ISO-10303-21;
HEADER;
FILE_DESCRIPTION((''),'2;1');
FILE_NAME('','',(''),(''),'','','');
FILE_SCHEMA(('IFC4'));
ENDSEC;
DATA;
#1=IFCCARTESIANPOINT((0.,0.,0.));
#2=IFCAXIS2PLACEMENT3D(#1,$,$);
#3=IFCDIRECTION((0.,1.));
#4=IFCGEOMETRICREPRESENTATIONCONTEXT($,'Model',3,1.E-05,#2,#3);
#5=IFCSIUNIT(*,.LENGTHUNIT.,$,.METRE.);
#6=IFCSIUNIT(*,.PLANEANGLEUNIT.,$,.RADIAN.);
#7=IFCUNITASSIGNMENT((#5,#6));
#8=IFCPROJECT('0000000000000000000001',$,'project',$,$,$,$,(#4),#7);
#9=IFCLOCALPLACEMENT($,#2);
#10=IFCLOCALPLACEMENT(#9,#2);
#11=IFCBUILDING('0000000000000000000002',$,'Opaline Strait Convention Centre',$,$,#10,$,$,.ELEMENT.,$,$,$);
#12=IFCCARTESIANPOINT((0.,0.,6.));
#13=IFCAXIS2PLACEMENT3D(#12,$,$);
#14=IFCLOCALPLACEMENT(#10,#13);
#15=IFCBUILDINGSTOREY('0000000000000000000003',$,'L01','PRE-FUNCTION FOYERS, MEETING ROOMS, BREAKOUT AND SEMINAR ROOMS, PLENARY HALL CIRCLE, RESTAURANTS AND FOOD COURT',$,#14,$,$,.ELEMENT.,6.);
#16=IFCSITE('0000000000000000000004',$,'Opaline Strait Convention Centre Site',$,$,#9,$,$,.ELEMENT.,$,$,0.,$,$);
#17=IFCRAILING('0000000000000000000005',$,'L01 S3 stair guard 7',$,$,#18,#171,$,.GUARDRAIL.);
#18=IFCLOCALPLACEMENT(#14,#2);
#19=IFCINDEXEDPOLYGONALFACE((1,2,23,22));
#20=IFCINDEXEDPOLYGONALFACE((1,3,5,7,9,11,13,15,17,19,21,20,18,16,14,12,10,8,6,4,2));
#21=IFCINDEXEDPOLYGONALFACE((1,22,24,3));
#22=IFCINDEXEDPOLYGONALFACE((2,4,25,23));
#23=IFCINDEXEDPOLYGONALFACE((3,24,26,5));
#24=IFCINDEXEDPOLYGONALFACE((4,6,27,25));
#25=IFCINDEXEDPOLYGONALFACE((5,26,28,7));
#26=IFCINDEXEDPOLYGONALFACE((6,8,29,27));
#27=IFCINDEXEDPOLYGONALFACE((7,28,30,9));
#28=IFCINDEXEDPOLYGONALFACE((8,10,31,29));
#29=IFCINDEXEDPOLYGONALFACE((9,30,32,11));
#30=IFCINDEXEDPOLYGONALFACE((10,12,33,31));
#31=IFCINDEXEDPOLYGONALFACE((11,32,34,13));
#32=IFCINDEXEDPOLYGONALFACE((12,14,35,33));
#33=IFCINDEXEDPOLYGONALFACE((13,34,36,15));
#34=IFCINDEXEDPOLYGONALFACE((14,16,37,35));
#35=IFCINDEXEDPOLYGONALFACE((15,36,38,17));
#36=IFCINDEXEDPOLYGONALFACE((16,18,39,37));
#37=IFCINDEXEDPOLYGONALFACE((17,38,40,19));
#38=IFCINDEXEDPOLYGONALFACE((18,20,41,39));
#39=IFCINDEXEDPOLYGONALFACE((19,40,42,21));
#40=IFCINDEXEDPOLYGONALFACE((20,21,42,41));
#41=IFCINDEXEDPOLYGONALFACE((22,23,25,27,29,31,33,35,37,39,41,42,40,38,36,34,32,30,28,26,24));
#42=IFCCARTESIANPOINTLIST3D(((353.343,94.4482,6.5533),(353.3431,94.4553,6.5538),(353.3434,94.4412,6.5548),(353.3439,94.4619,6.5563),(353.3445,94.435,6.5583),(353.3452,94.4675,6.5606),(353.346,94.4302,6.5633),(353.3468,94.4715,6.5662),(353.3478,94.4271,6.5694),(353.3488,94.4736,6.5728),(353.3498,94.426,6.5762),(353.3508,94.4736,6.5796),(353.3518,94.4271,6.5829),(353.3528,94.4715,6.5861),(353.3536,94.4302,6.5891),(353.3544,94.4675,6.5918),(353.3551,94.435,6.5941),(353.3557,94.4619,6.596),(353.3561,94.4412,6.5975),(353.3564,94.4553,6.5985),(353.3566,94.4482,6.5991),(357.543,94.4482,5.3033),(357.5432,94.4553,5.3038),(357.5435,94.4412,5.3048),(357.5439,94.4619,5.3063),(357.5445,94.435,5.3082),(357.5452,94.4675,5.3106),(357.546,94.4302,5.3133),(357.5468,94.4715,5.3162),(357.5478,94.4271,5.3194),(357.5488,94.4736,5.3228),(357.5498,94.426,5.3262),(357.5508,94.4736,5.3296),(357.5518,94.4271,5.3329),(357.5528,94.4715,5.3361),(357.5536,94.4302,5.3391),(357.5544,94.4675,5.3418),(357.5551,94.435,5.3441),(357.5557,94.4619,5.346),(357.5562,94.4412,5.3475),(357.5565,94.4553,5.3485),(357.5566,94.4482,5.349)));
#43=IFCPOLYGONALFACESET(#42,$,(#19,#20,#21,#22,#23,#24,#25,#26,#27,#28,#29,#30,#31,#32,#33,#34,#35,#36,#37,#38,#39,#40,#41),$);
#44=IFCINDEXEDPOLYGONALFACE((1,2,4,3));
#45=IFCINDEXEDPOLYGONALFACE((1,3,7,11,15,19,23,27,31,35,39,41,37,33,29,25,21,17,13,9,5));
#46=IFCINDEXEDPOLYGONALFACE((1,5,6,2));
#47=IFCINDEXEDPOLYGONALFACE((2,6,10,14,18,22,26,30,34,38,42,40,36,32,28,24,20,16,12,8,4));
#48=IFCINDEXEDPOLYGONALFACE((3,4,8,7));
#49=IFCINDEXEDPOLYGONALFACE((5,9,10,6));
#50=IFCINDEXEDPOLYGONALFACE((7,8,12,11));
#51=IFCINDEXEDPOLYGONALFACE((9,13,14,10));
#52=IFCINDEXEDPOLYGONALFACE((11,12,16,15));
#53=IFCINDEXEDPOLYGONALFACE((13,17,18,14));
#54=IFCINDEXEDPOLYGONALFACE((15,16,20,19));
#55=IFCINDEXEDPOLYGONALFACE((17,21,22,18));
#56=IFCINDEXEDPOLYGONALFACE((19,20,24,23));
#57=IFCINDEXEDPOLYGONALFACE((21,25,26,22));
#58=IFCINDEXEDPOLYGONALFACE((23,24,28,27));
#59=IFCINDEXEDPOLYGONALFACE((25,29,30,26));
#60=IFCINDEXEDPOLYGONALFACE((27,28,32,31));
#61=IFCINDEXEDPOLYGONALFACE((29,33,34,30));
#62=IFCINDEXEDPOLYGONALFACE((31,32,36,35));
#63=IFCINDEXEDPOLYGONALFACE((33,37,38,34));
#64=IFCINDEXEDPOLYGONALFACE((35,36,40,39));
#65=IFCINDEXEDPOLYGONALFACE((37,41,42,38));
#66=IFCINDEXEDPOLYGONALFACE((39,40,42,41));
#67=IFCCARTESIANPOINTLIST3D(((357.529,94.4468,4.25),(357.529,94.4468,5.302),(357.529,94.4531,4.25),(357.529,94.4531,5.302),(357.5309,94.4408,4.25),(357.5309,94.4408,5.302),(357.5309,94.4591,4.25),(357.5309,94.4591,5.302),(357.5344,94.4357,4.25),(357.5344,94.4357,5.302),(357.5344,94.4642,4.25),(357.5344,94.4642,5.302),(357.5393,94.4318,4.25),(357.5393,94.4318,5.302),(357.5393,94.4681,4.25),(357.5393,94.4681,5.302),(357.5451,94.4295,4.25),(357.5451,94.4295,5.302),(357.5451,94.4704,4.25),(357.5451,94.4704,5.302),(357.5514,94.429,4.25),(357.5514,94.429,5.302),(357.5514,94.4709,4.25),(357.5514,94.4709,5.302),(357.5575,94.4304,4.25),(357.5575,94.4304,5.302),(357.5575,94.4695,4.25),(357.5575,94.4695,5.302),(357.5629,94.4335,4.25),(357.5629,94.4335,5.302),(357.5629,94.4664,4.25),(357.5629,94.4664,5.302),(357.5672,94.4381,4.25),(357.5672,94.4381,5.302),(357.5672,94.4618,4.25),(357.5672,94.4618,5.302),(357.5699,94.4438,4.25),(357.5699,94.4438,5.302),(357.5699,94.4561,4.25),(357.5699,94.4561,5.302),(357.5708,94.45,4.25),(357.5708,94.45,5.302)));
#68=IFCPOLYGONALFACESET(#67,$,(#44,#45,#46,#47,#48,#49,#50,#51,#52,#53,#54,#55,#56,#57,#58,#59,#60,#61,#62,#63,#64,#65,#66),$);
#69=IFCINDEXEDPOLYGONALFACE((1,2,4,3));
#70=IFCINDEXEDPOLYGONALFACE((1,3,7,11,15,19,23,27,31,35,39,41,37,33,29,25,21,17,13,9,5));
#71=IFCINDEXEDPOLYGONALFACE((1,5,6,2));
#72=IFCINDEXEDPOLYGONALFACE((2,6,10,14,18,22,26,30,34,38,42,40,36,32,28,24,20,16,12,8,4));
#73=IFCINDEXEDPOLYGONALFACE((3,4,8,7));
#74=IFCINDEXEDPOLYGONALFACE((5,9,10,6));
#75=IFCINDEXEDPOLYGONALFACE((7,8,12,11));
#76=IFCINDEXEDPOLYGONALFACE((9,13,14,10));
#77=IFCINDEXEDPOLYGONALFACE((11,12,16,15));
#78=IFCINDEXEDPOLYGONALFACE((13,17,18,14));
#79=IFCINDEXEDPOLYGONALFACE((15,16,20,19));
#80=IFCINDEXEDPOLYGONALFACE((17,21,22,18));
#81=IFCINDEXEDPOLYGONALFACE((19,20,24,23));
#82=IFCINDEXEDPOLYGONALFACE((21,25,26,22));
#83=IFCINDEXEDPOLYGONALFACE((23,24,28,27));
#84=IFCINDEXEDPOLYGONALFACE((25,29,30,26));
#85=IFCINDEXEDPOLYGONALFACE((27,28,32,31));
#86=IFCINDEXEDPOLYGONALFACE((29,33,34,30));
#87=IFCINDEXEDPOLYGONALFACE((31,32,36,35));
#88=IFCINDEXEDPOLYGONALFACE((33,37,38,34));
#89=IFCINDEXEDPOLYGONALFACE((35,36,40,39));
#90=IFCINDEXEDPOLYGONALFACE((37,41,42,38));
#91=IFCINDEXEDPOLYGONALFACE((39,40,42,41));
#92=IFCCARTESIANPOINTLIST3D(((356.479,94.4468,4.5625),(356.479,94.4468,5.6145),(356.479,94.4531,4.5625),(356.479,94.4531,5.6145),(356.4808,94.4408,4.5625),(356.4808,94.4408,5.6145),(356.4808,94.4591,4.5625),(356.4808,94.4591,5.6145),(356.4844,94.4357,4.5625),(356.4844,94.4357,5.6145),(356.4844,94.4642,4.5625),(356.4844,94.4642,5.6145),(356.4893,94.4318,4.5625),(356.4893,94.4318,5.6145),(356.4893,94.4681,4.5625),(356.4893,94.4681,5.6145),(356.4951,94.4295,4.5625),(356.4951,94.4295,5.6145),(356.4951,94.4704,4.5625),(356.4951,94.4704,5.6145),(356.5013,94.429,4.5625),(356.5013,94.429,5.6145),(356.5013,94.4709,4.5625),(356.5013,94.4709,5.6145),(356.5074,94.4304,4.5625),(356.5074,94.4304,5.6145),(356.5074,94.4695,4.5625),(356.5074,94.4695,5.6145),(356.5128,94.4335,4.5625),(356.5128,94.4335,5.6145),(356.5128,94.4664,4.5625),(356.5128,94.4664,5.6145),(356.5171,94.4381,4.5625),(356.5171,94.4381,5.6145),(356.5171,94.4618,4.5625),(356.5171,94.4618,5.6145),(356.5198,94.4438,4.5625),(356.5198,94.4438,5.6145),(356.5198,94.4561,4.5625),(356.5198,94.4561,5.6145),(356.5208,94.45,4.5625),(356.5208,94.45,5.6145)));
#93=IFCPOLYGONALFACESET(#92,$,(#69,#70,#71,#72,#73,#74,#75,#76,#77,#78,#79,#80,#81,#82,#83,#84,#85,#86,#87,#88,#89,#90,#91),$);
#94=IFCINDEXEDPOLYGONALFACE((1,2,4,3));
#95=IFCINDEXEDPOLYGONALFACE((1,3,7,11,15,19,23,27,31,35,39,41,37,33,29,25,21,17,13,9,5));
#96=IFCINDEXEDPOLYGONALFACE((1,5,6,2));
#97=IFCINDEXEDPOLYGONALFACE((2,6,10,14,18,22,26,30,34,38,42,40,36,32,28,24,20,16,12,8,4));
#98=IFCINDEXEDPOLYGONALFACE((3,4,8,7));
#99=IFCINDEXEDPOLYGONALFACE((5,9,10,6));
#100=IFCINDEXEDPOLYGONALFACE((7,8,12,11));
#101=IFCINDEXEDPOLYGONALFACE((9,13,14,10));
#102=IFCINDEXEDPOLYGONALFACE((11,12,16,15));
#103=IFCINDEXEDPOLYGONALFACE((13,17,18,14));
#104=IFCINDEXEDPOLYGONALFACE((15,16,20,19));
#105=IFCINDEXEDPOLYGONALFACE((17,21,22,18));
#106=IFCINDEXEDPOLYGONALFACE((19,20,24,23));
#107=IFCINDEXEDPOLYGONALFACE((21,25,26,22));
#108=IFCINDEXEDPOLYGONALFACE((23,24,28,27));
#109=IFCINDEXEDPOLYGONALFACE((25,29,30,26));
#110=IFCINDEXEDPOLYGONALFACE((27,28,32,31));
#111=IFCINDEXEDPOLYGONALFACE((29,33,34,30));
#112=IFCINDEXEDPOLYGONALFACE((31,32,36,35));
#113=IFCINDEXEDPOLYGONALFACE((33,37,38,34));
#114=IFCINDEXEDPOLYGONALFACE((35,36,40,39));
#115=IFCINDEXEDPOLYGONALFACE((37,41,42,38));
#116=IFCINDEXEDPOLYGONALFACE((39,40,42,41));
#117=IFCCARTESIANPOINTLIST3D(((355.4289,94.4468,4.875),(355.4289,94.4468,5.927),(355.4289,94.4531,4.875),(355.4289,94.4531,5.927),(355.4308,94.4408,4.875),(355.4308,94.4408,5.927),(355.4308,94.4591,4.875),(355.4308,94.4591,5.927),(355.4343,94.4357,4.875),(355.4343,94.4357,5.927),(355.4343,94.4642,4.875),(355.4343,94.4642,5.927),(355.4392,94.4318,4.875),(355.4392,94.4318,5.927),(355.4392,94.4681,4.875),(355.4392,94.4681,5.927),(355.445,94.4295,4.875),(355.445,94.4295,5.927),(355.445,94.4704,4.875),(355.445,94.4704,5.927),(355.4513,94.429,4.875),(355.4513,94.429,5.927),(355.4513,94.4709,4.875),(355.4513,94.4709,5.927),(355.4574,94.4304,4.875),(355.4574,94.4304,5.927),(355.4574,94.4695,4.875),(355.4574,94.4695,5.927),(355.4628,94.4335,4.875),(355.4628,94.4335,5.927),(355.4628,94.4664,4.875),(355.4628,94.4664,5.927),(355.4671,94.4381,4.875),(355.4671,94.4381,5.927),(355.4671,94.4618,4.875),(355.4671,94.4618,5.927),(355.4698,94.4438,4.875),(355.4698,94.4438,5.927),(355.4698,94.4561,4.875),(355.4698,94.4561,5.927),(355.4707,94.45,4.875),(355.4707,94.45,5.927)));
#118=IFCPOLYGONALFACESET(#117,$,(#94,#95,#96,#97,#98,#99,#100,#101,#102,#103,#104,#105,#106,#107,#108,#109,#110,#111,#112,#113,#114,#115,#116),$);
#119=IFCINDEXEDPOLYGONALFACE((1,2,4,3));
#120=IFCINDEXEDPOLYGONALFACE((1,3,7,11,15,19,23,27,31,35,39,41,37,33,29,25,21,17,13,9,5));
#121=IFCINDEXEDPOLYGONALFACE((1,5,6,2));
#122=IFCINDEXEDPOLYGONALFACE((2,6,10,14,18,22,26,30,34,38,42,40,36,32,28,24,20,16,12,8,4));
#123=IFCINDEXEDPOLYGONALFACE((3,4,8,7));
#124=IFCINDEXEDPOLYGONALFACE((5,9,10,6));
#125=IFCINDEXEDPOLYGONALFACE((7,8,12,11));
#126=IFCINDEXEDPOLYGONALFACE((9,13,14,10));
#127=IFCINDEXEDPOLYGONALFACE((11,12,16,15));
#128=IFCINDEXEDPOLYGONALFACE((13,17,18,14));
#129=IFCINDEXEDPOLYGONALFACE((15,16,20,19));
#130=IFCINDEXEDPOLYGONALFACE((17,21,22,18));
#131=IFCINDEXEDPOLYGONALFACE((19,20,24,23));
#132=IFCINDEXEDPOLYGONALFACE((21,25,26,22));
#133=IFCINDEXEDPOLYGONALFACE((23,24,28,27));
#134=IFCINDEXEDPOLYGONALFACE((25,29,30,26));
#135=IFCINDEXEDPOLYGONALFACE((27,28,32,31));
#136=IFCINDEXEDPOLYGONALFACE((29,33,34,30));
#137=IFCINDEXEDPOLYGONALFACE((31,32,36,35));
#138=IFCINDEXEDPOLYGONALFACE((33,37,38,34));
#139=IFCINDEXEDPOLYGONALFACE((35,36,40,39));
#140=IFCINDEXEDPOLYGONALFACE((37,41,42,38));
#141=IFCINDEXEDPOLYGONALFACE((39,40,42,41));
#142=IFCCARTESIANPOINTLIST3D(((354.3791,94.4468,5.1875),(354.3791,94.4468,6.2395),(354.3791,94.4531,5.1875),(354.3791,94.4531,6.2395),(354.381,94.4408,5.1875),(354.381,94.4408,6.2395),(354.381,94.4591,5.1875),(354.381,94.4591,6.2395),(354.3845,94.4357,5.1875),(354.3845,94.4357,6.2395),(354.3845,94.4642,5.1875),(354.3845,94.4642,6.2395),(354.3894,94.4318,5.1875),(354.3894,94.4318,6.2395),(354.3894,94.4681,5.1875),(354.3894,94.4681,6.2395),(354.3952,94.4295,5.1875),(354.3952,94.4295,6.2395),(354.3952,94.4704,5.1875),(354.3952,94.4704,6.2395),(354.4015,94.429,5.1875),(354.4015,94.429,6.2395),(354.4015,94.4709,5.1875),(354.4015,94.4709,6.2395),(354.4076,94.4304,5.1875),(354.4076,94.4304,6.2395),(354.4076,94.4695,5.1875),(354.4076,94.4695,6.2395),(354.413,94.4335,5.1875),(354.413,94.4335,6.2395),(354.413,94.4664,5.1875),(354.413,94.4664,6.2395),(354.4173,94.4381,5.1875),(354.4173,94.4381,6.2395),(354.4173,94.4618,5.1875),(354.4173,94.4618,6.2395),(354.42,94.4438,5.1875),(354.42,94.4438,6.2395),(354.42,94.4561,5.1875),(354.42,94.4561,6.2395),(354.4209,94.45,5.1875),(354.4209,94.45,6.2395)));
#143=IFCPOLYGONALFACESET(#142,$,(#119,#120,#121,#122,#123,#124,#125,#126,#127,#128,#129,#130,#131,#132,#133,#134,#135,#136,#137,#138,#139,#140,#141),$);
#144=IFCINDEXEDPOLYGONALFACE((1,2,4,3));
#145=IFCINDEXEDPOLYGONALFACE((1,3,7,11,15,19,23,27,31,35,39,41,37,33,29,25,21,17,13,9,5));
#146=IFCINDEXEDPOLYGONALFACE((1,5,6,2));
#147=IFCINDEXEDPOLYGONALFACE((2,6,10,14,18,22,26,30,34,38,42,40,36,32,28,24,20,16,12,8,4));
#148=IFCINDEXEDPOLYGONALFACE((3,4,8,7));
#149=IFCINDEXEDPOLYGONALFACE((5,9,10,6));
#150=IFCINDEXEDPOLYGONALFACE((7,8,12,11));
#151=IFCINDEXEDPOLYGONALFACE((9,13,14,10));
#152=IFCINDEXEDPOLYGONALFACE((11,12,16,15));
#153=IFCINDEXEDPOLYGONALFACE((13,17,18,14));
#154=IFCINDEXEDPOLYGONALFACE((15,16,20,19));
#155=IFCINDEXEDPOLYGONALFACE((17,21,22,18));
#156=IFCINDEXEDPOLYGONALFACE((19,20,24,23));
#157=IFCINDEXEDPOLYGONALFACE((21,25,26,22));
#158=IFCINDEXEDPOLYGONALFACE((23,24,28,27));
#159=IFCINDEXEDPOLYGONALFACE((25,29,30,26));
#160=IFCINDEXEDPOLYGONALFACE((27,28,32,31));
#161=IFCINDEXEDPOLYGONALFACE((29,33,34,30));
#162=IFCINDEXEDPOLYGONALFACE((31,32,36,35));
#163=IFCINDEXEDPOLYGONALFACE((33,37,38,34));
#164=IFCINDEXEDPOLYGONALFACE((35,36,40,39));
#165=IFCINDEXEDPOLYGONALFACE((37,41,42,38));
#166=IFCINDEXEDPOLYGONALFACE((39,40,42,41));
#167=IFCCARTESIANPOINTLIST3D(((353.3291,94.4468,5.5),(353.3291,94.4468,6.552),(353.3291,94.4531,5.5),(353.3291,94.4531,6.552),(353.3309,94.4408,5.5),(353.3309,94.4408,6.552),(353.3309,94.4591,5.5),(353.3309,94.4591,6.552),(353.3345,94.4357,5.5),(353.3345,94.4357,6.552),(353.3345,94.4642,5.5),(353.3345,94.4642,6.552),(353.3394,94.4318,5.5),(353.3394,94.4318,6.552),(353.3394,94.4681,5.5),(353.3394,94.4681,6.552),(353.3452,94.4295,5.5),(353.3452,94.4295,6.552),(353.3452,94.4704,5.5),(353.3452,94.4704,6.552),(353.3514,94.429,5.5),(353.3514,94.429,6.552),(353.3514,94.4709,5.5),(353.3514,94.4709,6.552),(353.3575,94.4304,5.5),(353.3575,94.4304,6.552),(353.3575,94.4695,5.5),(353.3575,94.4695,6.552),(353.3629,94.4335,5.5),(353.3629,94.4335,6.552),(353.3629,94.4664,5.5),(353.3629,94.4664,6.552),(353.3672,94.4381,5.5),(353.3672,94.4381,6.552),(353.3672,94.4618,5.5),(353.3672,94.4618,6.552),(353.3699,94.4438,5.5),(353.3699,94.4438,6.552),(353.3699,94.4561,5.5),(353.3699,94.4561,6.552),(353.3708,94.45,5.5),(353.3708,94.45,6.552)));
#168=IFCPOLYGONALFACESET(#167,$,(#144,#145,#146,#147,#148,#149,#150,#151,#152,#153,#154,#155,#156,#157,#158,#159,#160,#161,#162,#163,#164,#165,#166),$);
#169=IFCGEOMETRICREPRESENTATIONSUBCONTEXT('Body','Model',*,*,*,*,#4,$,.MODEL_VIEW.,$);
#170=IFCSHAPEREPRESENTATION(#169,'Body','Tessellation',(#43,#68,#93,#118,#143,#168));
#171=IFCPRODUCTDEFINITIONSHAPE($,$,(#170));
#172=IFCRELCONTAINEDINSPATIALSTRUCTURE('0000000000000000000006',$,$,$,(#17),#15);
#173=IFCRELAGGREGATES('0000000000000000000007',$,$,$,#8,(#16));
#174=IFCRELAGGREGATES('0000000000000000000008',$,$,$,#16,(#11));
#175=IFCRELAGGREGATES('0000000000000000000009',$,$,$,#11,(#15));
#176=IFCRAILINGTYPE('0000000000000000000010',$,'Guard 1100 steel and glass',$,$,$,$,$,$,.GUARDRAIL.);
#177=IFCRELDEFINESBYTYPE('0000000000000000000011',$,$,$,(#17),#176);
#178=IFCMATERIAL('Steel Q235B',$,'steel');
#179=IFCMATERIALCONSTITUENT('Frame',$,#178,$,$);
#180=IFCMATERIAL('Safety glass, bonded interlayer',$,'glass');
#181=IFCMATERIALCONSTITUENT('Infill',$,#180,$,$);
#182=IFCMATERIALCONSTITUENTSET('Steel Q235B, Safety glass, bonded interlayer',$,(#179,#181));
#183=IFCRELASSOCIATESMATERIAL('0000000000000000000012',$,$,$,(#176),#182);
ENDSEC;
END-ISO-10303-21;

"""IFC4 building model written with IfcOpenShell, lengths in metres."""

from ifc_helpers import new_model, si_unit, direction, frame, origin, origin_2d, place, context, subcontext, project, spatial, circle, extrude, material, constituent, constituent_set, type_object, element, save


model = new_model("IFC4")

# Units and contexts
model_context = context("Model", 3, precision=1e-05, world=origin(), true_north=direction((0.0, 1.0)))
body_context = subcontext(model_context, "Body", "Model", "MODEL_VIEW")
ifc_project = project(units=[si_unit("LENGTHUNIT", "METRE"), si_unit("PLANEANGLEUNIT", "RADIAN")], contexts=[model_context])

# Site, building, storey
site_placement = place(None, origin())
site = spatial("IfcSite", under=ifc_project, at=site_placement, Name="Opaline Strait Convention Centre Site", CompositionType="ELEMENT", RefElevation=0.0)
building_placement = place(site_placement, origin())
building = spatial("IfcBuilding", under=site, at=building_placement, Name="Opaline Strait Convention Centre", CompositionType="ELEMENT")
storey_placement = place(building_placement, frame((0.0, 0.0, 6.0)))
storey = spatial("IfcBuildingStorey", under=building, at=storey_placement, Name="L01", Description="PRE-FUNCTION FOYERS, MEETING ROOMS, BREAKOUT AND SEMINAR ROOMS, PLENARY HALL CIRCLE, RESTAURANTS AND FOOD COURT", CompositionType="ELEMENT", Elevation=6.0)

# Shared definitions
ifc_material_1 = material(Name="Steel Q235B", Category="steel")

# Railing
ifc_constituent_1 = constituent(ifc_material_1, Name="Frame")
ifc_material_2 = material(Name="Safety glass, bonded interlayer", Category="glass")
ifc_constituent_2 = constituent(ifc_material_2, Name="Infill")
ifc_constituent_set = constituent_set(constituents=[ifc_constituent_1, ifc_constituent_2], Name="Steel Q235B, Safety glass, bonded interlayer")
railing_type = type_object("IfcRailingType", Name="Guard 1100 steel and glass", PredefinedType="GUARDRAIL", material=ifc_constituent_set)
railing_1_placement = place(storey_placement, frame((357.5498, 94.45, 4.25)))
element("IfcRailing", 1, at=railing_1_placement, inside=storey, type_object=railing_type, Name="L01 S3 stair guard 7", PredefinedType="GUARDRAIL", context=body_context, shape_type="SweptSolid", body=[
    extrude(circle(Radius=0.0239, at=origin_2d()), frame((0.0, 0.0, 1.0762), z_axis=(-0.958451, 0.0, 0.285257), x_axis=(0.0, -1.0, 0.0)), (0.0, 0.0, 1.0), 4.3821),
    extrude(circle(Radius=0.021, at=origin_2d()), origin(), (0.0, 0.0, 1.0), 1.052),
    extrude(circle(Radius=0.021, at=origin_2d()), frame((-1.05, 0.0, 0.3125)), (0.0, 0.0, 1.0), 1.052),
    extrude(circle(Radius=0.021, at=origin_2d()), frame((-2.1001, 0.0, 0.625)), (0.0, 0.0, 1.0), 1.052),
    extrude(circle(Radius=0.021, at=origin_2d()), frame((-3.1499, 0.0, 0.9375)), (0.0, 0.0, 1.0), 1.052),
    extrude(circle(Radius=0.021, at=origin_2d()), frame((-4.2, 0.0, 1.25)), (0.0, 0.0, 1.0), 1.052),
])

save(model, "model.ifc")
